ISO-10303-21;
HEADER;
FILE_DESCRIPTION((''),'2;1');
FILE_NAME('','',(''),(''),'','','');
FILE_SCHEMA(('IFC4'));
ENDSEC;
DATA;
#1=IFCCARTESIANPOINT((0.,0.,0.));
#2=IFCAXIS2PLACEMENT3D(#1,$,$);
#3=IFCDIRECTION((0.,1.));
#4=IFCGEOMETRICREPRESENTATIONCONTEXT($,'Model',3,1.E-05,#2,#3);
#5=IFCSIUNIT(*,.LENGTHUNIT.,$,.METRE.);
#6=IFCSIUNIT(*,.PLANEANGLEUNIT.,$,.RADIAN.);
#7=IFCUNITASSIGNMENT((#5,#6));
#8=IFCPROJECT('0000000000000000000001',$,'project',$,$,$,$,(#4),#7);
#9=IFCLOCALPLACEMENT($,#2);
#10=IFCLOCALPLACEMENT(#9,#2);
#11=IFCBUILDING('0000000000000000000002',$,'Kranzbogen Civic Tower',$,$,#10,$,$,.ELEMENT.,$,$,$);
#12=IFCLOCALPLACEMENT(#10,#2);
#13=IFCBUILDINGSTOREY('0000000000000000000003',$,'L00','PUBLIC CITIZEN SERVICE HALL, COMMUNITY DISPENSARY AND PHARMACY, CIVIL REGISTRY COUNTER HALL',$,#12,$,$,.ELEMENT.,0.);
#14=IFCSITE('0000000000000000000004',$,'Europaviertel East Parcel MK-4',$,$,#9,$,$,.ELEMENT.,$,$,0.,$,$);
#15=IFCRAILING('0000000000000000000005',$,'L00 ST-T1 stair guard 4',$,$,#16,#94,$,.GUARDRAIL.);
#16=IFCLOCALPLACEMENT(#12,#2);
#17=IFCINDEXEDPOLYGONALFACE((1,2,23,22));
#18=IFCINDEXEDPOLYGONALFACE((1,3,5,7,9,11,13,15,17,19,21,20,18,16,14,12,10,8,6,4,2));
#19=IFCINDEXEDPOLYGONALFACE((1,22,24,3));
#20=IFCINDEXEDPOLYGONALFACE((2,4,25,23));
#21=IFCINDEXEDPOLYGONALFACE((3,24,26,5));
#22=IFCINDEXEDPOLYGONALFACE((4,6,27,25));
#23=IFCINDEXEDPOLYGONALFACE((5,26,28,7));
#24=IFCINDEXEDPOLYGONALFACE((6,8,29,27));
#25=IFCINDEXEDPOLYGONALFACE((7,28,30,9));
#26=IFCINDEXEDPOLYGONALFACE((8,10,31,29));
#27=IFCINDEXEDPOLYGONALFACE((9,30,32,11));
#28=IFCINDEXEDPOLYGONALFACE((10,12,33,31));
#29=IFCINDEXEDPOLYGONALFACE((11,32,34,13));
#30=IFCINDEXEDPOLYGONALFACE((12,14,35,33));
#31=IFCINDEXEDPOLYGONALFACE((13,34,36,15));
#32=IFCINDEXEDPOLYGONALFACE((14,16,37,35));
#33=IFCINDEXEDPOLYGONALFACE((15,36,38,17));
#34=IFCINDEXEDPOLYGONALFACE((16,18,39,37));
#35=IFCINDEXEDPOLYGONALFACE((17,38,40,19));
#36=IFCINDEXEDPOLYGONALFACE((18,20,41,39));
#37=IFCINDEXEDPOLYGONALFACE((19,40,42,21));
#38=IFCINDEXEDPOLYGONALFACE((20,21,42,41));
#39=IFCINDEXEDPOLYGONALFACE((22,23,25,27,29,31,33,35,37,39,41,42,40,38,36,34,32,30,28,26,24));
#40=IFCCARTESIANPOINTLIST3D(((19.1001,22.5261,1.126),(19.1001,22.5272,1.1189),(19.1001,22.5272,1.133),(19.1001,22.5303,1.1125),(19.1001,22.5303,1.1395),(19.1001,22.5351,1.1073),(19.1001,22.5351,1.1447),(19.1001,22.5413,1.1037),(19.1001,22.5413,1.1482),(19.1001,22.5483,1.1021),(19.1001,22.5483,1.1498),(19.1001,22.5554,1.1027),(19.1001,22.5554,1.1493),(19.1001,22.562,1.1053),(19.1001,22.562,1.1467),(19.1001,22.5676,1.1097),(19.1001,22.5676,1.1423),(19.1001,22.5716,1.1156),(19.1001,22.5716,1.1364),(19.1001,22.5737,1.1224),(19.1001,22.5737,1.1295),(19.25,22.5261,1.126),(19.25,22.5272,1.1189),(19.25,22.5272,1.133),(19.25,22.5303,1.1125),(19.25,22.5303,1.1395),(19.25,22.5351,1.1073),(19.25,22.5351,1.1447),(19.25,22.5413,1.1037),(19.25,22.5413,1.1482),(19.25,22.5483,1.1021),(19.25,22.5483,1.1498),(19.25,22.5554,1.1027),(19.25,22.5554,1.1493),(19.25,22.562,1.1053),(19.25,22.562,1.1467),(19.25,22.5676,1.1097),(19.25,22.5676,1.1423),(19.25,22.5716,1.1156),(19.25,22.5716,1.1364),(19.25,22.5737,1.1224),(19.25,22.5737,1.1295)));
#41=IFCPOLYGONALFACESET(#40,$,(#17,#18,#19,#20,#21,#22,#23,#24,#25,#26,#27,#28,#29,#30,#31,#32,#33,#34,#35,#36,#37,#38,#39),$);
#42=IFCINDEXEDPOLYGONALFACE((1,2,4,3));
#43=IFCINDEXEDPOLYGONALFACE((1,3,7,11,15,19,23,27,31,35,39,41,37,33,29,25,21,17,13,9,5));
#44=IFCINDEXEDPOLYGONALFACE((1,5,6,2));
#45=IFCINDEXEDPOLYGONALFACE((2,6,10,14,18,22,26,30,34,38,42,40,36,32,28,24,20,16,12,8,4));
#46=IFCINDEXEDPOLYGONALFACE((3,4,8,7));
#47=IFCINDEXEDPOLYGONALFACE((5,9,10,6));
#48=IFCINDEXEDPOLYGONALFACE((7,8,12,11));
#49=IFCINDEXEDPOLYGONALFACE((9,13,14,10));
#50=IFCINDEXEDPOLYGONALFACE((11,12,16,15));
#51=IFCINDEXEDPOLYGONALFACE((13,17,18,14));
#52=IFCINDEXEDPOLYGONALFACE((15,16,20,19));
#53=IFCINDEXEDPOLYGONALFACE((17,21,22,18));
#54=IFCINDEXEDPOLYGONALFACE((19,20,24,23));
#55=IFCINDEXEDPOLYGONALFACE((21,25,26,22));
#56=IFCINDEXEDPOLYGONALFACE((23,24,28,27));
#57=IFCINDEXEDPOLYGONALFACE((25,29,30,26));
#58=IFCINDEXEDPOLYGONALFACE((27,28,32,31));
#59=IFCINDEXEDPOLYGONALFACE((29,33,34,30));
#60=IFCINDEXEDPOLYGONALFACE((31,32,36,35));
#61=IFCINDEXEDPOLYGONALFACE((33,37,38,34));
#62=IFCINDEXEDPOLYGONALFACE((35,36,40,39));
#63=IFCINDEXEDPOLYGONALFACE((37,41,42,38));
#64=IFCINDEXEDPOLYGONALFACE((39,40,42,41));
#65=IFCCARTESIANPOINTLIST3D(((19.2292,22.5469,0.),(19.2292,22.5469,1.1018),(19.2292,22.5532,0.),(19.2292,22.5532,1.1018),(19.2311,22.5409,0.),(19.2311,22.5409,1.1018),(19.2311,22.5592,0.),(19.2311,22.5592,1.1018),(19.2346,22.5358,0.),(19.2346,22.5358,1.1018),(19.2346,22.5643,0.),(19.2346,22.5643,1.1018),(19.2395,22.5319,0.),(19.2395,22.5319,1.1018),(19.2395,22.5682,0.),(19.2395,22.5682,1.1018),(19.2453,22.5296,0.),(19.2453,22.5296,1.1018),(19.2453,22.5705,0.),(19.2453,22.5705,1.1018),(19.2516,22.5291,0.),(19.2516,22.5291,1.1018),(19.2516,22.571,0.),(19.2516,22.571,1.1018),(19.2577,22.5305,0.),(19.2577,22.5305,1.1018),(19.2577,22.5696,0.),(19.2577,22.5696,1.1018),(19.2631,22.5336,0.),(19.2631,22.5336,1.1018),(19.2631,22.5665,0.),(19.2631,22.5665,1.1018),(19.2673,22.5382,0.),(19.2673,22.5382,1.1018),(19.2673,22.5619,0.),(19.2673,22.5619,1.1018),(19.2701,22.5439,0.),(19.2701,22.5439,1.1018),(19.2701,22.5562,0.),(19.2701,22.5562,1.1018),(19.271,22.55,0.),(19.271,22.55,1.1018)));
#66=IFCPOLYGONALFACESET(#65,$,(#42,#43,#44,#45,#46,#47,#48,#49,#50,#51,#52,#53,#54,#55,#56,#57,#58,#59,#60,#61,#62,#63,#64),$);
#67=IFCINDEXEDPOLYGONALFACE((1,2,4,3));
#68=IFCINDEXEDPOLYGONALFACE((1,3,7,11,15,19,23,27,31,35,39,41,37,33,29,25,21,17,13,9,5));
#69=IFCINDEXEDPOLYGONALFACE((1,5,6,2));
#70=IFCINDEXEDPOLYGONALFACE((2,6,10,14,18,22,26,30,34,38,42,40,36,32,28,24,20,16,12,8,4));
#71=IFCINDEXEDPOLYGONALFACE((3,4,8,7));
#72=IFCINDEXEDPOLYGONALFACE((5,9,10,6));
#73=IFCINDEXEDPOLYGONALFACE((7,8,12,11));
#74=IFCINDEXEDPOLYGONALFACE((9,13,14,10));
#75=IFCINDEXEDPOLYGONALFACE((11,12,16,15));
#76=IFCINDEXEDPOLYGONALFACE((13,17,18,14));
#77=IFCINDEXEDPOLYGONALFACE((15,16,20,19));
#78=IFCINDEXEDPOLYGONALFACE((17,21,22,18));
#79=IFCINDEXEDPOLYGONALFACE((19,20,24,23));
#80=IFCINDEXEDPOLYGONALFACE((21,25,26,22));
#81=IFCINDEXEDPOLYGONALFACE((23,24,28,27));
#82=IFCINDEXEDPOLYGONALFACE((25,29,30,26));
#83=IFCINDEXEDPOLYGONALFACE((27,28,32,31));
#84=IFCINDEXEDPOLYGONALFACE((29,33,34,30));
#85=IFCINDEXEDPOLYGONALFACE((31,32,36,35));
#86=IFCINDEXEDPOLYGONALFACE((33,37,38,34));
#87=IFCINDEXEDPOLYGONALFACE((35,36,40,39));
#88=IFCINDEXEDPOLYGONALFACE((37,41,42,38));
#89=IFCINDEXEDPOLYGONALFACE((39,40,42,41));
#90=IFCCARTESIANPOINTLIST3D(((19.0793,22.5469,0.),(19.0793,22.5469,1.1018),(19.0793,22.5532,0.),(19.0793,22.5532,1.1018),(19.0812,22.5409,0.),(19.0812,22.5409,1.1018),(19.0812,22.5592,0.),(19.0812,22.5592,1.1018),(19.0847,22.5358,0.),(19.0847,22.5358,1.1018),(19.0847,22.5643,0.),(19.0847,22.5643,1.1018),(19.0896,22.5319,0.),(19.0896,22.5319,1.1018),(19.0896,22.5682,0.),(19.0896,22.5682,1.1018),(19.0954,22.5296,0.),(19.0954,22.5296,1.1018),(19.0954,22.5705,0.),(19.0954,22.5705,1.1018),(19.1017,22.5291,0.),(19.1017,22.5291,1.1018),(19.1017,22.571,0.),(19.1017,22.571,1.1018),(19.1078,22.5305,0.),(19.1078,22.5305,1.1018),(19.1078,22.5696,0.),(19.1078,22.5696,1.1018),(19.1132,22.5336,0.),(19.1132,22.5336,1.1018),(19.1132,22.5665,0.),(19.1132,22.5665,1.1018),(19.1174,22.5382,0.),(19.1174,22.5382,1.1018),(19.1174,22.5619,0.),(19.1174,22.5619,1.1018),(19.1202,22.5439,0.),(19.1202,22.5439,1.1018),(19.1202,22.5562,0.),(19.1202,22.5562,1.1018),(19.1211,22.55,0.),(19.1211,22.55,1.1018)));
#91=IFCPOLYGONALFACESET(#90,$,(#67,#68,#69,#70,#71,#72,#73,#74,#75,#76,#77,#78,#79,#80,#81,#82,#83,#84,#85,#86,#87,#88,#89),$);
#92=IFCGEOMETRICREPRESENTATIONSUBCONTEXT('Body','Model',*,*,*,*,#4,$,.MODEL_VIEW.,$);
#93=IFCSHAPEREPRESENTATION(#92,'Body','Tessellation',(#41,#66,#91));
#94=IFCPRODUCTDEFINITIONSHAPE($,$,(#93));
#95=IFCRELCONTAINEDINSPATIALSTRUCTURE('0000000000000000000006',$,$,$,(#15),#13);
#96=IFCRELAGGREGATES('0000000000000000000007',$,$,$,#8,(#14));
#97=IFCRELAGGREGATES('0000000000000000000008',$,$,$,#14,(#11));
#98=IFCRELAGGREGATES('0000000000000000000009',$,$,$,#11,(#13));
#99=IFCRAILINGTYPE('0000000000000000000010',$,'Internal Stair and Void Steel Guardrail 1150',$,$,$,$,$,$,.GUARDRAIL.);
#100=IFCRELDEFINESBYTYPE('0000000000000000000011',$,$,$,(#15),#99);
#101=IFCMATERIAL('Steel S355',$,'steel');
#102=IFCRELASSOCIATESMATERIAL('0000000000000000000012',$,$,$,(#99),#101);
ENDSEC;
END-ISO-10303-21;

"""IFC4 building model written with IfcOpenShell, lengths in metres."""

from ifc_helpers import new_model, si_unit, direction, frame, origin, origin_2d, place, context, subcontext, project, spatial, circle, extrude, material, type_object, element, save


model = new_model("IFC4")

# Units and contexts
model_context = context("Model", 3, precision=1e-05, world=origin(), true_north=direction((0.0, 1.0)))
body_context = subcontext(model_context, "Body", "Model", "MODEL_VIEW")
ifc_project = project(units=[si_unit("LENGTHUNIT", "METRE"), si_unit("PLANEANGLEUNIT", "RADIAN")], contexts=[model_context])

# Site, building, storey
site_placement = place(None, origin())
site = spatial("IfcSite", under=ifc_project, at=site_placement, Name="Europaviertel East Parcel MK-4", CompositionType="ELEMENT", RefElevation=0.0)
building_placement = place(site_placement, origin())
building = spatial("IfcBuilding", under=site, at=building_placement, Name="Kranzbogen Civic Tower", CompositionType="ELEMENT")
storey_placement = place(building_placement, origin())
storey = spatial("IfcBuildingStorey", under=building, at=storey_placement, Name="L00", Description="PUBLIC CITIZEN SERVICE HALL, COMMUNITY DISPENSARY AND PHARMACY, CIVIL REGISTRY COUNTER HALL", CompositionType="ELEMENT", Elevation=0.0)

# Shared definitions
ifc_material_1 = material(Name="Steel S355", Category="steel")

# Railing
railing_type_1 = type_object("IfcRailingType", Name="Internal Stair and Void Steel Guardrail 1150", PredefinedType="GUARDRAIL", material=ifc_material_1)
railing_1_placement = place(storey_placement, frame((19.25, 22.55, 0.0)))
element("IfcRailing", 1, at=railing_1_placement, inside=storey, type_object=railing_type_1, Name="L00 ST-T1 stair guard 4", PredefinedType="GUARDRAIL", context=body_context, shape_type="SweptSolid", body=[
    extrude(circle(Radius=0.0239, at=origin_2d()), frame((0.0, 0.0, 1.126), z_axis=(-1.0, 0.0, 0.0), x_axis=(0.0, -1.0, 0.0)), (0.0, 0.0, 1.0), 0.1499),
    extrude(circle(Radius=0.021, at=origin_2d()), origin(), (0.0, 0.0, 1.0), 1.1018),
    extrude(circle(Radius=0.021, at=origin_2d()), frame((-0.1499, 0.0, 0.0)), (0.0, 0.0, 1.0), 1.1018),
])

save(model, "model.ifc")
